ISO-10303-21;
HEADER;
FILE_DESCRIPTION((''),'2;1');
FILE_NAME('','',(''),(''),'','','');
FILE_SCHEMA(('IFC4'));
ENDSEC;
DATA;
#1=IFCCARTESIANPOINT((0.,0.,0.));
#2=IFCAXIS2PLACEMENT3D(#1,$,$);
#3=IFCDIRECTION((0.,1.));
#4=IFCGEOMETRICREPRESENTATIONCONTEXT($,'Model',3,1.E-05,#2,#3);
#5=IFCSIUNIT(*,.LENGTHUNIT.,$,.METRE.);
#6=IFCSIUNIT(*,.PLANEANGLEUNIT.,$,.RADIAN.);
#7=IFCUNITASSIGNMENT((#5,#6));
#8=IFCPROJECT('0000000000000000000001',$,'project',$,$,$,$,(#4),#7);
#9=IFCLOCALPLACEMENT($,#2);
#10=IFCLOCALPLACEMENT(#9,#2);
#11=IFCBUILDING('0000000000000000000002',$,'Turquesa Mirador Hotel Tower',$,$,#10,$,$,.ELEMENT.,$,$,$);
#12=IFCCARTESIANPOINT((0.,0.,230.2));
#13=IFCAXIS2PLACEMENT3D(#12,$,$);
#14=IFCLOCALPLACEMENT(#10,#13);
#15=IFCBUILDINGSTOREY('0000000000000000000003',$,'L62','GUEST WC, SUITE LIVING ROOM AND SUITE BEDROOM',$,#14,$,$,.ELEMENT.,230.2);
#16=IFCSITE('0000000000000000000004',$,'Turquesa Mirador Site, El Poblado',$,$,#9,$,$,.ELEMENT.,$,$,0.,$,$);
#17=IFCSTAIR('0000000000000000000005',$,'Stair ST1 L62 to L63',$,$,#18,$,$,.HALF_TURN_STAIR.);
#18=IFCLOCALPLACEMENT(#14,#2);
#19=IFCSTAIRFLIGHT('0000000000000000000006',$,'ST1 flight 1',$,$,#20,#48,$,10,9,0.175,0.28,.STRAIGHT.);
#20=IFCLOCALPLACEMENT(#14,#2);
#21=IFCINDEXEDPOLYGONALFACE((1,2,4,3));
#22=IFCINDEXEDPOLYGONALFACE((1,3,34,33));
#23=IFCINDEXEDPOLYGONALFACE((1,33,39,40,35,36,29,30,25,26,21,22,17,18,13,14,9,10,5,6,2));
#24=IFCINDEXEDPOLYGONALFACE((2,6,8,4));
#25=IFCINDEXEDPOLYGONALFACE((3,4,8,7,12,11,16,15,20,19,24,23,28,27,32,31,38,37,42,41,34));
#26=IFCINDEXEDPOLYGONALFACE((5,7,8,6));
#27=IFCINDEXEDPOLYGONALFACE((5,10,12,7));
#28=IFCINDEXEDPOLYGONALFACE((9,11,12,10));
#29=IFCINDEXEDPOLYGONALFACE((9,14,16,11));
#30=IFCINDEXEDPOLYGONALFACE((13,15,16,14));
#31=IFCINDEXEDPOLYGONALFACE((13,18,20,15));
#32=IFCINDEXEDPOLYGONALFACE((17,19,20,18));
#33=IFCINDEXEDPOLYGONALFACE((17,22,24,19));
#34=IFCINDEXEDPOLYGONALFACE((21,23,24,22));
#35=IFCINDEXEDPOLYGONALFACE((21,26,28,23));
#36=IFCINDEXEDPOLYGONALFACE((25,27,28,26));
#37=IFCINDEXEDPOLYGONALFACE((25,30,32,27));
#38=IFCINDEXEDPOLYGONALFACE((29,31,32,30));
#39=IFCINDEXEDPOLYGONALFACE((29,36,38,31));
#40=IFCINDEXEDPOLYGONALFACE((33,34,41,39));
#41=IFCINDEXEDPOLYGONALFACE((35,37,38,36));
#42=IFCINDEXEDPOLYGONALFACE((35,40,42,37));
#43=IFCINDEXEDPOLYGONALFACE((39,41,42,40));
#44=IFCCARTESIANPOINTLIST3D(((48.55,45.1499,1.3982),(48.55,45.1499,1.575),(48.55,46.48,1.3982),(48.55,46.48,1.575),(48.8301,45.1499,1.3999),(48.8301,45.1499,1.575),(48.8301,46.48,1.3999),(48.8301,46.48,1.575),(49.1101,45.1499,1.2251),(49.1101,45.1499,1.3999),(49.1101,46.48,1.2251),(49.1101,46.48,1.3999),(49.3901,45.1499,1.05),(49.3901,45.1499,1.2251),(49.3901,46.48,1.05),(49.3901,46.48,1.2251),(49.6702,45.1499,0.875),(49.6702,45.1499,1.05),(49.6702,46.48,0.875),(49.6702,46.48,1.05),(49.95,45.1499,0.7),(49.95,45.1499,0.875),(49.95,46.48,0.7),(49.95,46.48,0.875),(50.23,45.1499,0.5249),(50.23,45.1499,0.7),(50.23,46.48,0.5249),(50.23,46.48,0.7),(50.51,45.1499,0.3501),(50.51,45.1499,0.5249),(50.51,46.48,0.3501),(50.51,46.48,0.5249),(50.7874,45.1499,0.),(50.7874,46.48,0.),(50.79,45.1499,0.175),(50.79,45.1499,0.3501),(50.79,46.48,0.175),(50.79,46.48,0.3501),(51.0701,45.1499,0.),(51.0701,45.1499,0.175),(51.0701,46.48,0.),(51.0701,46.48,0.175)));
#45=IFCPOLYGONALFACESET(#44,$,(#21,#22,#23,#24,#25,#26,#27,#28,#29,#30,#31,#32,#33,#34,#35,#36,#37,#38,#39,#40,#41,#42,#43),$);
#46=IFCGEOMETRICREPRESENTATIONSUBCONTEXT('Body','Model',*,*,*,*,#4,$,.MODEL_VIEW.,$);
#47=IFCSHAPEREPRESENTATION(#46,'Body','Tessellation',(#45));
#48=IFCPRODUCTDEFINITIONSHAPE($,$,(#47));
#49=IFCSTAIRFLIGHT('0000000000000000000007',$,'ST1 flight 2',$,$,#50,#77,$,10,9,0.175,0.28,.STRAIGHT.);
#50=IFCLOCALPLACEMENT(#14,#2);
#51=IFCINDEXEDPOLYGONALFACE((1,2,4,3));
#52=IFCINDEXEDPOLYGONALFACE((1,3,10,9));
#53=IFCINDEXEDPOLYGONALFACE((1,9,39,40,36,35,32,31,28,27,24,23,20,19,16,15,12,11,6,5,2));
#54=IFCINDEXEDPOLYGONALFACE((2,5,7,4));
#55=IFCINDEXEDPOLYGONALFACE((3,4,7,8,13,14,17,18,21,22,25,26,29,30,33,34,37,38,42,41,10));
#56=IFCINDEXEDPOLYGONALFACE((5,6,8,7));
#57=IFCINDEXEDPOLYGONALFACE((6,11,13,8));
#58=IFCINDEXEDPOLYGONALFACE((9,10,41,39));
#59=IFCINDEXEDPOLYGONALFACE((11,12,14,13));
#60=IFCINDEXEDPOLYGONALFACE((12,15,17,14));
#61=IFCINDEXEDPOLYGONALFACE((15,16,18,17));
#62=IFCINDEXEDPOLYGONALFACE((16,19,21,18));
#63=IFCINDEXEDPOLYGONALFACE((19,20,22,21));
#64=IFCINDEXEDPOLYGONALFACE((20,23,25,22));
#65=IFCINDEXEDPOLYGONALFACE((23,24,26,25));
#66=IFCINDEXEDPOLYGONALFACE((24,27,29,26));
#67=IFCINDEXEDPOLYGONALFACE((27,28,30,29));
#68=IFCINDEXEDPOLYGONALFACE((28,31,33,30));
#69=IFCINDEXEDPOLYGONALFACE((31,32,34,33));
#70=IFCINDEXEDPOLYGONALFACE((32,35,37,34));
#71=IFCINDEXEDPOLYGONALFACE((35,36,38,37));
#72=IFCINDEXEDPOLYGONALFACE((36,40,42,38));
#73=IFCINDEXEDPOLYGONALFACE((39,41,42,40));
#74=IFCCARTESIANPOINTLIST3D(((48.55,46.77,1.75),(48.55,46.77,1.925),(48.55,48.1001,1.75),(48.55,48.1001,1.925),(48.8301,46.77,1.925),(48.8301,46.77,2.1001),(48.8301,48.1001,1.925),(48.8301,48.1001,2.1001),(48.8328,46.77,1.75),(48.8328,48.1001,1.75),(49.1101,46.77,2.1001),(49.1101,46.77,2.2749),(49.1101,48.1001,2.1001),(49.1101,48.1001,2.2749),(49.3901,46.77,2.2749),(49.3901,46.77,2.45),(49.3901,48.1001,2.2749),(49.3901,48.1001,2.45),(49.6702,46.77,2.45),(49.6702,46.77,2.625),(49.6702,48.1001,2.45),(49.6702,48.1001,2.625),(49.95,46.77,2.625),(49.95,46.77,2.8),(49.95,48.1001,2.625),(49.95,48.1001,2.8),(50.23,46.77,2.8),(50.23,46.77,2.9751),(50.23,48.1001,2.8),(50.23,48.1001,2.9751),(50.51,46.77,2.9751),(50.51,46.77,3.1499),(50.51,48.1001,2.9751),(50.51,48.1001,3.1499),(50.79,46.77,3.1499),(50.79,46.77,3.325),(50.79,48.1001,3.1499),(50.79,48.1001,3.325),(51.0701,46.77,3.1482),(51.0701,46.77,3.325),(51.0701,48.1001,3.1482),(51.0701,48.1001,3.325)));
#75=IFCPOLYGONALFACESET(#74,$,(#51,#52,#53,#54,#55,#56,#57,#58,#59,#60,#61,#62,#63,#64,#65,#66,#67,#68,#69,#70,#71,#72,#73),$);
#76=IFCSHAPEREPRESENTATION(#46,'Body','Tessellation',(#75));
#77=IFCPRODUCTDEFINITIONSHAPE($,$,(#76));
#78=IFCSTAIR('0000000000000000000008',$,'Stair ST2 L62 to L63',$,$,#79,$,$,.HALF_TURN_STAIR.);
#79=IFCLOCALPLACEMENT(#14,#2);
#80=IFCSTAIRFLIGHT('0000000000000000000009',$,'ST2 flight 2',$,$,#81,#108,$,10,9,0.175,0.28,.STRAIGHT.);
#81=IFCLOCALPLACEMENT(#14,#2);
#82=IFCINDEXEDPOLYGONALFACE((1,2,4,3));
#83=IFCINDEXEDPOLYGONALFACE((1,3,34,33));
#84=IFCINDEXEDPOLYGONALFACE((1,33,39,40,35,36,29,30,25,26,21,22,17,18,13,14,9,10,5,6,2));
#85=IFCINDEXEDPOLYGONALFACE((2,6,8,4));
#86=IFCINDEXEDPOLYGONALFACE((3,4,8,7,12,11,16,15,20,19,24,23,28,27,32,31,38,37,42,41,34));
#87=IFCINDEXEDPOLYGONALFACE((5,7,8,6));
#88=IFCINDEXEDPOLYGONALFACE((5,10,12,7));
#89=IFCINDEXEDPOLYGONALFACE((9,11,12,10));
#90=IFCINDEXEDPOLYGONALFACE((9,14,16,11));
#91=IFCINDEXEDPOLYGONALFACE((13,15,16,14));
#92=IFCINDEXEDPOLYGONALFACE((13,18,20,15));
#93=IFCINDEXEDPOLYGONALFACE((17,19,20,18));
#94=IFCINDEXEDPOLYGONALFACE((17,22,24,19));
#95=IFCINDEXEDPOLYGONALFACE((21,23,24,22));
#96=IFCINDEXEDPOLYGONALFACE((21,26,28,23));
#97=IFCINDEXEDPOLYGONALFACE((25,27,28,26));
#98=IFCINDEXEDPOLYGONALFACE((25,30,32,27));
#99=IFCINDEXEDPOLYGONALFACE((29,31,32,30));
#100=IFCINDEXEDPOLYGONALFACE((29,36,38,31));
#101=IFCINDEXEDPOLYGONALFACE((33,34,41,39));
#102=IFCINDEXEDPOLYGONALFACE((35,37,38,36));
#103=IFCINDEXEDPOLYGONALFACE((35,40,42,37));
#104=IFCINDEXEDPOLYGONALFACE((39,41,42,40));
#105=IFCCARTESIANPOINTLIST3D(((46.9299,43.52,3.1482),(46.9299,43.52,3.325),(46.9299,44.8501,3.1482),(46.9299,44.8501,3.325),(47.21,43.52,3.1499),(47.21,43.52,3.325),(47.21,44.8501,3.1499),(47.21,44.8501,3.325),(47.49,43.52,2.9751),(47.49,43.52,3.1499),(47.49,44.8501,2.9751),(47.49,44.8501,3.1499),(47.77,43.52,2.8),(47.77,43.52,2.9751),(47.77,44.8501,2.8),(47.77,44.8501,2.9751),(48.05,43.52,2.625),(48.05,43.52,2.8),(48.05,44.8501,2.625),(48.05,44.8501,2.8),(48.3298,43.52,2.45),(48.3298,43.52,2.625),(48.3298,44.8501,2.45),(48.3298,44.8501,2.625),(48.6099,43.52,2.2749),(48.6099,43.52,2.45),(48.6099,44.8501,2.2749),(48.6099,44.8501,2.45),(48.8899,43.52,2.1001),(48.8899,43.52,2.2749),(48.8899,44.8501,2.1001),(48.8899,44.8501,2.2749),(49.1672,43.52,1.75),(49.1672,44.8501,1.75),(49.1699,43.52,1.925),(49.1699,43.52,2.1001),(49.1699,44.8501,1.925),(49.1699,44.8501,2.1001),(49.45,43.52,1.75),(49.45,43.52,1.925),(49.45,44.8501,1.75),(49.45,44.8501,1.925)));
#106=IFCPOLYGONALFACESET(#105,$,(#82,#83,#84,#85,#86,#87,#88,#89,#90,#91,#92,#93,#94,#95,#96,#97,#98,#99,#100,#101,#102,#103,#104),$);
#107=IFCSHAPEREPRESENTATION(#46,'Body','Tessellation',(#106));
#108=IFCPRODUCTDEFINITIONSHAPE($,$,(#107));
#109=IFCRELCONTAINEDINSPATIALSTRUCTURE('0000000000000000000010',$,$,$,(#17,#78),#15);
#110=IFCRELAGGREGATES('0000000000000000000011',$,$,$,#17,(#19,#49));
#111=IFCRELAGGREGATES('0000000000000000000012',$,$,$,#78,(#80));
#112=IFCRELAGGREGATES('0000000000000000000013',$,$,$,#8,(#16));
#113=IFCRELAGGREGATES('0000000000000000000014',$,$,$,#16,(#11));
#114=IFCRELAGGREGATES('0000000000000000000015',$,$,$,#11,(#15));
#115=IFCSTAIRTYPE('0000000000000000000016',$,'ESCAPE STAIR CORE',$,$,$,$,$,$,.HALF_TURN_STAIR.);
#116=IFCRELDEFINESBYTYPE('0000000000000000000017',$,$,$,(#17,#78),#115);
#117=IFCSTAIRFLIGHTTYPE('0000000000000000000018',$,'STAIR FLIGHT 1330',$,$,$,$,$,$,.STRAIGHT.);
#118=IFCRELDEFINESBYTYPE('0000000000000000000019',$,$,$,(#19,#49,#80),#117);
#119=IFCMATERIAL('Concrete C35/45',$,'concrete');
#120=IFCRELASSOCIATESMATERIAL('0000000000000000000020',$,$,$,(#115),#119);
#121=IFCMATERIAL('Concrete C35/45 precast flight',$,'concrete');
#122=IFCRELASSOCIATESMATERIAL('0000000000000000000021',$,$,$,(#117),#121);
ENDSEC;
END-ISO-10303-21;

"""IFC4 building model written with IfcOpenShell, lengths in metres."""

from ifc_helpers import new_model, si_unit, direction, frame, origin, place, context, subcontext, project, spatial, polyline, outline, extrude, material, type_object, element, aggregate, save


model = new_model("IFC4")

# Units and contexts
model_context = context("Model", 3, precision=1e-05, world=origin(), true_north=direction((0.0, 1.0)))
body_context = subcontext(model_context, "Body", "Model", "MODEL_VIEW")
ifc_project = project(units=[si_unit("LENGTHUNIT", "METRE"), si_unit("PLANEANGLEUNIT", "RADIAN")], contexts=[model_context])

# Site, building, storey
site_placement = place(None, origin())
site = spatial("IfcSite", under=ifc_project, at=site_placement, Name="Turquesa Mirador Site, El Poblado", CompositionType="ELEMENT", RefElevation=0.0)
building_placement = place(site_placement, origin())
building = spatial("IfcBuilding", under=site, at=building_placement, Name="Turquesa Mirador Hotel Tower", CompositionType="ELEMENT")
storey_placement = place(building_placement, frame((0.0, 0.0, 230.2)))
storey = spatial("IfcBuildingStorey", under=building, at=storey_placement, Name="L62", Description="GUEST WC, SUITE LIVING ROOM AND SUITE BEDROOM", CompositionType="ELEMENT", Elevation=230.2)

# Stair, stair flights
ifc_material_1 = material(Name="Concrete C35/45", Category="concrete")
stair_type = type_object("IfcStairType", Name="ESCAPE STAIR CORE", PredefinedType="HALF_TURN_STAIR", material=ifc_material_1)
stair_1_placement = place(storey_placement, origin())
stair_1 = element("IfcStair", 1, at=stair_1_placement, inside=storey, type_object=stair_type, Name="Stair ST1 L62 to L63", PredefinedType="HALF_TURN_STAIR")
ifc_material_2 = material(Name="Concrete C35/45 precast flight", Category="concrete")
stair_flight_type = type_object("IfcStairFlightType", Name="STAIR FLIGHT 1330", PredefinedType="STRAIGHT", material=ifc_material_2)
stair_flight_1_placement = place(storey_placement, frame((51.0701, 45.8149, 0.0), z_axis=(0.0, 0.0, 1.0), x_axis=(-1.0, 0.0, 0.0)))
stair_flight_1 = element("IfcStairFlight", 2, at=stair_flight_1_placement, type_object=stair_flight_type, Name="ST1 flight 1", NumberOfRisers=10, NumberOfTreads=9, PredefinedType="STRAIGHT", RiserHeight=0.175, TreadLength=0.28, context=body_context, shape_type="SweptSolid", body=[
    extrude(outline(polyline([(0.0, 0.0), (0.0, 0.175), (0.28, 0.175), (0.28, 0.3501), (0.5601, 0.3501), (0.5601, 0.5249), (0.8401, 0.5249), (0.8401, 0.7), (1.1201, 0.7), (1.1201, 0.875), (1.3999, 0.875), (1.3999, 1.05), (1.6799, 1.05), (1.6799, 1.2251), (1.96, 1.2251), (1.96, 1.3999), (2.24, 1.3999), (2.24, 1.575), (2.52, 1.575), (2.52, 1.75), (2.52, 1.3982), (0.2827, 0.0), (0.0, 0.0)])), frame((0.0, 0.665, 0.0), z_axis=(0.0, -1.0, 0.0), x_axis=(1.0, 0.0, 0.0)), (0.0, 0.0, 1.0), 1.3301),
])
stair_flight_2_placement = place(storey_placement, frame((48.55, 47.4351, 1.75), z_axis=(0.0, 0.0, 1.0), x_axis=(1.0, 0.0, 0.0)))
stair_flight_2 = element("IfcStairFlight", 3, at=stair_flight_2_placement, type_object=stair_flight_type, Name="ST1 flight 2", NumberOfRisers=10, NumberOfTreads=9, PredefinedType="STRAIGHT", RiserHeight=0.175, TreadLength=0.28, context=body_context, shape_type="SweptSolid", body=[
    extrude(outline(polyline([(0.0, 0.0), (0.0, 0.175), (0.28, 0.175), (0.28, 0.3501), (0.5601, 0.3501), (0.5601, 0.5249), (0.8401, 0.5249), (0.8401, 0.7), (1.1201, 0.7), (1.1201, 0.875), (1.3999, 0.875), (1.3999, 1.05), (1.6799, 1.05), (1.6799, 1.2251), (1.96, 1.2251), (1.96, 1.3999), (2.24, 1.3999), (2.24, 1.575), (2.52, 1.575), (2.52, 1.75), (2.52, 1.3982), (0.2827, 0.0), (0.0, 0.0)])), frame((0.0, 0.665, 0.0), z_axis=(0.0, -1.0, 0.0), x_axis=(1.0, 0.0, 0.0)), (0.0, 0.0, 1.0), 1.3301),
])
aggregate(stair_1, [stair_flight_1, stair_flight_2])

# Stair, stair flight
stair_2_placement = place(storey_placement, origin())
stair_2 = element("IfcStair", 4, at=stair_2_placement, inside=storey, type_object=stair_type, Name="Stair ST2 L62 to L63", PredefinedType="HALF_TURN_STAIR")
stair_flight_3_placement = place(storey_placement, frame((49.45, 44.1851, 1.75), z_axis=(0.0, 0.0, 1.0), x_axis=(-1.0, 0.0, 0.0)))
stair_flight_3 = element("IfcStairFlight", 5, at=stair_flight_3_placement, type_object=stair_flight_type, Name="ST2 flight 2", NumberOfRisers=10, NumberOfTreads=9, PredefinedType="STRAIGHT", RiserHeight=0.175, TreadLength=0.28, context=body_context, shape_type="SweptSolid", body=[
    extrude(outline(polyline([(0.0, 0.0), (0.0, 0.175), (0.28, 0.175), (0.28, 0.3501), (0.5601, 0.3501), (0.5601, 0.5249), (0.8401, 0.5249), (0.8401, 0.7), (1.1201, 0.7), (1.1201, 0.875), (1.3999, 0.875), (1.3999, 1.05), (1.6799, 1.05), (1.6799, 1.2251), (1.96, 1.2251), (1.96, 1.3999), (2.24, 1.3999), (2.24, 1.575), (2.52, 1.575), (2.52, 1.75), (2.52, 1.3982), (0.2827, 0.0), (0.0, 0.0)])), frame((0.0, 0.665, 0.0), z_axis=(0.0, -1.0, 0.0), x_axis=(1.0, 0.0, 0.0)), (0.0, 0.0, 1.0), 1.3301),
])
aggregate(stair_2, [stair_flight_3])

save(model, "model.ifc")
